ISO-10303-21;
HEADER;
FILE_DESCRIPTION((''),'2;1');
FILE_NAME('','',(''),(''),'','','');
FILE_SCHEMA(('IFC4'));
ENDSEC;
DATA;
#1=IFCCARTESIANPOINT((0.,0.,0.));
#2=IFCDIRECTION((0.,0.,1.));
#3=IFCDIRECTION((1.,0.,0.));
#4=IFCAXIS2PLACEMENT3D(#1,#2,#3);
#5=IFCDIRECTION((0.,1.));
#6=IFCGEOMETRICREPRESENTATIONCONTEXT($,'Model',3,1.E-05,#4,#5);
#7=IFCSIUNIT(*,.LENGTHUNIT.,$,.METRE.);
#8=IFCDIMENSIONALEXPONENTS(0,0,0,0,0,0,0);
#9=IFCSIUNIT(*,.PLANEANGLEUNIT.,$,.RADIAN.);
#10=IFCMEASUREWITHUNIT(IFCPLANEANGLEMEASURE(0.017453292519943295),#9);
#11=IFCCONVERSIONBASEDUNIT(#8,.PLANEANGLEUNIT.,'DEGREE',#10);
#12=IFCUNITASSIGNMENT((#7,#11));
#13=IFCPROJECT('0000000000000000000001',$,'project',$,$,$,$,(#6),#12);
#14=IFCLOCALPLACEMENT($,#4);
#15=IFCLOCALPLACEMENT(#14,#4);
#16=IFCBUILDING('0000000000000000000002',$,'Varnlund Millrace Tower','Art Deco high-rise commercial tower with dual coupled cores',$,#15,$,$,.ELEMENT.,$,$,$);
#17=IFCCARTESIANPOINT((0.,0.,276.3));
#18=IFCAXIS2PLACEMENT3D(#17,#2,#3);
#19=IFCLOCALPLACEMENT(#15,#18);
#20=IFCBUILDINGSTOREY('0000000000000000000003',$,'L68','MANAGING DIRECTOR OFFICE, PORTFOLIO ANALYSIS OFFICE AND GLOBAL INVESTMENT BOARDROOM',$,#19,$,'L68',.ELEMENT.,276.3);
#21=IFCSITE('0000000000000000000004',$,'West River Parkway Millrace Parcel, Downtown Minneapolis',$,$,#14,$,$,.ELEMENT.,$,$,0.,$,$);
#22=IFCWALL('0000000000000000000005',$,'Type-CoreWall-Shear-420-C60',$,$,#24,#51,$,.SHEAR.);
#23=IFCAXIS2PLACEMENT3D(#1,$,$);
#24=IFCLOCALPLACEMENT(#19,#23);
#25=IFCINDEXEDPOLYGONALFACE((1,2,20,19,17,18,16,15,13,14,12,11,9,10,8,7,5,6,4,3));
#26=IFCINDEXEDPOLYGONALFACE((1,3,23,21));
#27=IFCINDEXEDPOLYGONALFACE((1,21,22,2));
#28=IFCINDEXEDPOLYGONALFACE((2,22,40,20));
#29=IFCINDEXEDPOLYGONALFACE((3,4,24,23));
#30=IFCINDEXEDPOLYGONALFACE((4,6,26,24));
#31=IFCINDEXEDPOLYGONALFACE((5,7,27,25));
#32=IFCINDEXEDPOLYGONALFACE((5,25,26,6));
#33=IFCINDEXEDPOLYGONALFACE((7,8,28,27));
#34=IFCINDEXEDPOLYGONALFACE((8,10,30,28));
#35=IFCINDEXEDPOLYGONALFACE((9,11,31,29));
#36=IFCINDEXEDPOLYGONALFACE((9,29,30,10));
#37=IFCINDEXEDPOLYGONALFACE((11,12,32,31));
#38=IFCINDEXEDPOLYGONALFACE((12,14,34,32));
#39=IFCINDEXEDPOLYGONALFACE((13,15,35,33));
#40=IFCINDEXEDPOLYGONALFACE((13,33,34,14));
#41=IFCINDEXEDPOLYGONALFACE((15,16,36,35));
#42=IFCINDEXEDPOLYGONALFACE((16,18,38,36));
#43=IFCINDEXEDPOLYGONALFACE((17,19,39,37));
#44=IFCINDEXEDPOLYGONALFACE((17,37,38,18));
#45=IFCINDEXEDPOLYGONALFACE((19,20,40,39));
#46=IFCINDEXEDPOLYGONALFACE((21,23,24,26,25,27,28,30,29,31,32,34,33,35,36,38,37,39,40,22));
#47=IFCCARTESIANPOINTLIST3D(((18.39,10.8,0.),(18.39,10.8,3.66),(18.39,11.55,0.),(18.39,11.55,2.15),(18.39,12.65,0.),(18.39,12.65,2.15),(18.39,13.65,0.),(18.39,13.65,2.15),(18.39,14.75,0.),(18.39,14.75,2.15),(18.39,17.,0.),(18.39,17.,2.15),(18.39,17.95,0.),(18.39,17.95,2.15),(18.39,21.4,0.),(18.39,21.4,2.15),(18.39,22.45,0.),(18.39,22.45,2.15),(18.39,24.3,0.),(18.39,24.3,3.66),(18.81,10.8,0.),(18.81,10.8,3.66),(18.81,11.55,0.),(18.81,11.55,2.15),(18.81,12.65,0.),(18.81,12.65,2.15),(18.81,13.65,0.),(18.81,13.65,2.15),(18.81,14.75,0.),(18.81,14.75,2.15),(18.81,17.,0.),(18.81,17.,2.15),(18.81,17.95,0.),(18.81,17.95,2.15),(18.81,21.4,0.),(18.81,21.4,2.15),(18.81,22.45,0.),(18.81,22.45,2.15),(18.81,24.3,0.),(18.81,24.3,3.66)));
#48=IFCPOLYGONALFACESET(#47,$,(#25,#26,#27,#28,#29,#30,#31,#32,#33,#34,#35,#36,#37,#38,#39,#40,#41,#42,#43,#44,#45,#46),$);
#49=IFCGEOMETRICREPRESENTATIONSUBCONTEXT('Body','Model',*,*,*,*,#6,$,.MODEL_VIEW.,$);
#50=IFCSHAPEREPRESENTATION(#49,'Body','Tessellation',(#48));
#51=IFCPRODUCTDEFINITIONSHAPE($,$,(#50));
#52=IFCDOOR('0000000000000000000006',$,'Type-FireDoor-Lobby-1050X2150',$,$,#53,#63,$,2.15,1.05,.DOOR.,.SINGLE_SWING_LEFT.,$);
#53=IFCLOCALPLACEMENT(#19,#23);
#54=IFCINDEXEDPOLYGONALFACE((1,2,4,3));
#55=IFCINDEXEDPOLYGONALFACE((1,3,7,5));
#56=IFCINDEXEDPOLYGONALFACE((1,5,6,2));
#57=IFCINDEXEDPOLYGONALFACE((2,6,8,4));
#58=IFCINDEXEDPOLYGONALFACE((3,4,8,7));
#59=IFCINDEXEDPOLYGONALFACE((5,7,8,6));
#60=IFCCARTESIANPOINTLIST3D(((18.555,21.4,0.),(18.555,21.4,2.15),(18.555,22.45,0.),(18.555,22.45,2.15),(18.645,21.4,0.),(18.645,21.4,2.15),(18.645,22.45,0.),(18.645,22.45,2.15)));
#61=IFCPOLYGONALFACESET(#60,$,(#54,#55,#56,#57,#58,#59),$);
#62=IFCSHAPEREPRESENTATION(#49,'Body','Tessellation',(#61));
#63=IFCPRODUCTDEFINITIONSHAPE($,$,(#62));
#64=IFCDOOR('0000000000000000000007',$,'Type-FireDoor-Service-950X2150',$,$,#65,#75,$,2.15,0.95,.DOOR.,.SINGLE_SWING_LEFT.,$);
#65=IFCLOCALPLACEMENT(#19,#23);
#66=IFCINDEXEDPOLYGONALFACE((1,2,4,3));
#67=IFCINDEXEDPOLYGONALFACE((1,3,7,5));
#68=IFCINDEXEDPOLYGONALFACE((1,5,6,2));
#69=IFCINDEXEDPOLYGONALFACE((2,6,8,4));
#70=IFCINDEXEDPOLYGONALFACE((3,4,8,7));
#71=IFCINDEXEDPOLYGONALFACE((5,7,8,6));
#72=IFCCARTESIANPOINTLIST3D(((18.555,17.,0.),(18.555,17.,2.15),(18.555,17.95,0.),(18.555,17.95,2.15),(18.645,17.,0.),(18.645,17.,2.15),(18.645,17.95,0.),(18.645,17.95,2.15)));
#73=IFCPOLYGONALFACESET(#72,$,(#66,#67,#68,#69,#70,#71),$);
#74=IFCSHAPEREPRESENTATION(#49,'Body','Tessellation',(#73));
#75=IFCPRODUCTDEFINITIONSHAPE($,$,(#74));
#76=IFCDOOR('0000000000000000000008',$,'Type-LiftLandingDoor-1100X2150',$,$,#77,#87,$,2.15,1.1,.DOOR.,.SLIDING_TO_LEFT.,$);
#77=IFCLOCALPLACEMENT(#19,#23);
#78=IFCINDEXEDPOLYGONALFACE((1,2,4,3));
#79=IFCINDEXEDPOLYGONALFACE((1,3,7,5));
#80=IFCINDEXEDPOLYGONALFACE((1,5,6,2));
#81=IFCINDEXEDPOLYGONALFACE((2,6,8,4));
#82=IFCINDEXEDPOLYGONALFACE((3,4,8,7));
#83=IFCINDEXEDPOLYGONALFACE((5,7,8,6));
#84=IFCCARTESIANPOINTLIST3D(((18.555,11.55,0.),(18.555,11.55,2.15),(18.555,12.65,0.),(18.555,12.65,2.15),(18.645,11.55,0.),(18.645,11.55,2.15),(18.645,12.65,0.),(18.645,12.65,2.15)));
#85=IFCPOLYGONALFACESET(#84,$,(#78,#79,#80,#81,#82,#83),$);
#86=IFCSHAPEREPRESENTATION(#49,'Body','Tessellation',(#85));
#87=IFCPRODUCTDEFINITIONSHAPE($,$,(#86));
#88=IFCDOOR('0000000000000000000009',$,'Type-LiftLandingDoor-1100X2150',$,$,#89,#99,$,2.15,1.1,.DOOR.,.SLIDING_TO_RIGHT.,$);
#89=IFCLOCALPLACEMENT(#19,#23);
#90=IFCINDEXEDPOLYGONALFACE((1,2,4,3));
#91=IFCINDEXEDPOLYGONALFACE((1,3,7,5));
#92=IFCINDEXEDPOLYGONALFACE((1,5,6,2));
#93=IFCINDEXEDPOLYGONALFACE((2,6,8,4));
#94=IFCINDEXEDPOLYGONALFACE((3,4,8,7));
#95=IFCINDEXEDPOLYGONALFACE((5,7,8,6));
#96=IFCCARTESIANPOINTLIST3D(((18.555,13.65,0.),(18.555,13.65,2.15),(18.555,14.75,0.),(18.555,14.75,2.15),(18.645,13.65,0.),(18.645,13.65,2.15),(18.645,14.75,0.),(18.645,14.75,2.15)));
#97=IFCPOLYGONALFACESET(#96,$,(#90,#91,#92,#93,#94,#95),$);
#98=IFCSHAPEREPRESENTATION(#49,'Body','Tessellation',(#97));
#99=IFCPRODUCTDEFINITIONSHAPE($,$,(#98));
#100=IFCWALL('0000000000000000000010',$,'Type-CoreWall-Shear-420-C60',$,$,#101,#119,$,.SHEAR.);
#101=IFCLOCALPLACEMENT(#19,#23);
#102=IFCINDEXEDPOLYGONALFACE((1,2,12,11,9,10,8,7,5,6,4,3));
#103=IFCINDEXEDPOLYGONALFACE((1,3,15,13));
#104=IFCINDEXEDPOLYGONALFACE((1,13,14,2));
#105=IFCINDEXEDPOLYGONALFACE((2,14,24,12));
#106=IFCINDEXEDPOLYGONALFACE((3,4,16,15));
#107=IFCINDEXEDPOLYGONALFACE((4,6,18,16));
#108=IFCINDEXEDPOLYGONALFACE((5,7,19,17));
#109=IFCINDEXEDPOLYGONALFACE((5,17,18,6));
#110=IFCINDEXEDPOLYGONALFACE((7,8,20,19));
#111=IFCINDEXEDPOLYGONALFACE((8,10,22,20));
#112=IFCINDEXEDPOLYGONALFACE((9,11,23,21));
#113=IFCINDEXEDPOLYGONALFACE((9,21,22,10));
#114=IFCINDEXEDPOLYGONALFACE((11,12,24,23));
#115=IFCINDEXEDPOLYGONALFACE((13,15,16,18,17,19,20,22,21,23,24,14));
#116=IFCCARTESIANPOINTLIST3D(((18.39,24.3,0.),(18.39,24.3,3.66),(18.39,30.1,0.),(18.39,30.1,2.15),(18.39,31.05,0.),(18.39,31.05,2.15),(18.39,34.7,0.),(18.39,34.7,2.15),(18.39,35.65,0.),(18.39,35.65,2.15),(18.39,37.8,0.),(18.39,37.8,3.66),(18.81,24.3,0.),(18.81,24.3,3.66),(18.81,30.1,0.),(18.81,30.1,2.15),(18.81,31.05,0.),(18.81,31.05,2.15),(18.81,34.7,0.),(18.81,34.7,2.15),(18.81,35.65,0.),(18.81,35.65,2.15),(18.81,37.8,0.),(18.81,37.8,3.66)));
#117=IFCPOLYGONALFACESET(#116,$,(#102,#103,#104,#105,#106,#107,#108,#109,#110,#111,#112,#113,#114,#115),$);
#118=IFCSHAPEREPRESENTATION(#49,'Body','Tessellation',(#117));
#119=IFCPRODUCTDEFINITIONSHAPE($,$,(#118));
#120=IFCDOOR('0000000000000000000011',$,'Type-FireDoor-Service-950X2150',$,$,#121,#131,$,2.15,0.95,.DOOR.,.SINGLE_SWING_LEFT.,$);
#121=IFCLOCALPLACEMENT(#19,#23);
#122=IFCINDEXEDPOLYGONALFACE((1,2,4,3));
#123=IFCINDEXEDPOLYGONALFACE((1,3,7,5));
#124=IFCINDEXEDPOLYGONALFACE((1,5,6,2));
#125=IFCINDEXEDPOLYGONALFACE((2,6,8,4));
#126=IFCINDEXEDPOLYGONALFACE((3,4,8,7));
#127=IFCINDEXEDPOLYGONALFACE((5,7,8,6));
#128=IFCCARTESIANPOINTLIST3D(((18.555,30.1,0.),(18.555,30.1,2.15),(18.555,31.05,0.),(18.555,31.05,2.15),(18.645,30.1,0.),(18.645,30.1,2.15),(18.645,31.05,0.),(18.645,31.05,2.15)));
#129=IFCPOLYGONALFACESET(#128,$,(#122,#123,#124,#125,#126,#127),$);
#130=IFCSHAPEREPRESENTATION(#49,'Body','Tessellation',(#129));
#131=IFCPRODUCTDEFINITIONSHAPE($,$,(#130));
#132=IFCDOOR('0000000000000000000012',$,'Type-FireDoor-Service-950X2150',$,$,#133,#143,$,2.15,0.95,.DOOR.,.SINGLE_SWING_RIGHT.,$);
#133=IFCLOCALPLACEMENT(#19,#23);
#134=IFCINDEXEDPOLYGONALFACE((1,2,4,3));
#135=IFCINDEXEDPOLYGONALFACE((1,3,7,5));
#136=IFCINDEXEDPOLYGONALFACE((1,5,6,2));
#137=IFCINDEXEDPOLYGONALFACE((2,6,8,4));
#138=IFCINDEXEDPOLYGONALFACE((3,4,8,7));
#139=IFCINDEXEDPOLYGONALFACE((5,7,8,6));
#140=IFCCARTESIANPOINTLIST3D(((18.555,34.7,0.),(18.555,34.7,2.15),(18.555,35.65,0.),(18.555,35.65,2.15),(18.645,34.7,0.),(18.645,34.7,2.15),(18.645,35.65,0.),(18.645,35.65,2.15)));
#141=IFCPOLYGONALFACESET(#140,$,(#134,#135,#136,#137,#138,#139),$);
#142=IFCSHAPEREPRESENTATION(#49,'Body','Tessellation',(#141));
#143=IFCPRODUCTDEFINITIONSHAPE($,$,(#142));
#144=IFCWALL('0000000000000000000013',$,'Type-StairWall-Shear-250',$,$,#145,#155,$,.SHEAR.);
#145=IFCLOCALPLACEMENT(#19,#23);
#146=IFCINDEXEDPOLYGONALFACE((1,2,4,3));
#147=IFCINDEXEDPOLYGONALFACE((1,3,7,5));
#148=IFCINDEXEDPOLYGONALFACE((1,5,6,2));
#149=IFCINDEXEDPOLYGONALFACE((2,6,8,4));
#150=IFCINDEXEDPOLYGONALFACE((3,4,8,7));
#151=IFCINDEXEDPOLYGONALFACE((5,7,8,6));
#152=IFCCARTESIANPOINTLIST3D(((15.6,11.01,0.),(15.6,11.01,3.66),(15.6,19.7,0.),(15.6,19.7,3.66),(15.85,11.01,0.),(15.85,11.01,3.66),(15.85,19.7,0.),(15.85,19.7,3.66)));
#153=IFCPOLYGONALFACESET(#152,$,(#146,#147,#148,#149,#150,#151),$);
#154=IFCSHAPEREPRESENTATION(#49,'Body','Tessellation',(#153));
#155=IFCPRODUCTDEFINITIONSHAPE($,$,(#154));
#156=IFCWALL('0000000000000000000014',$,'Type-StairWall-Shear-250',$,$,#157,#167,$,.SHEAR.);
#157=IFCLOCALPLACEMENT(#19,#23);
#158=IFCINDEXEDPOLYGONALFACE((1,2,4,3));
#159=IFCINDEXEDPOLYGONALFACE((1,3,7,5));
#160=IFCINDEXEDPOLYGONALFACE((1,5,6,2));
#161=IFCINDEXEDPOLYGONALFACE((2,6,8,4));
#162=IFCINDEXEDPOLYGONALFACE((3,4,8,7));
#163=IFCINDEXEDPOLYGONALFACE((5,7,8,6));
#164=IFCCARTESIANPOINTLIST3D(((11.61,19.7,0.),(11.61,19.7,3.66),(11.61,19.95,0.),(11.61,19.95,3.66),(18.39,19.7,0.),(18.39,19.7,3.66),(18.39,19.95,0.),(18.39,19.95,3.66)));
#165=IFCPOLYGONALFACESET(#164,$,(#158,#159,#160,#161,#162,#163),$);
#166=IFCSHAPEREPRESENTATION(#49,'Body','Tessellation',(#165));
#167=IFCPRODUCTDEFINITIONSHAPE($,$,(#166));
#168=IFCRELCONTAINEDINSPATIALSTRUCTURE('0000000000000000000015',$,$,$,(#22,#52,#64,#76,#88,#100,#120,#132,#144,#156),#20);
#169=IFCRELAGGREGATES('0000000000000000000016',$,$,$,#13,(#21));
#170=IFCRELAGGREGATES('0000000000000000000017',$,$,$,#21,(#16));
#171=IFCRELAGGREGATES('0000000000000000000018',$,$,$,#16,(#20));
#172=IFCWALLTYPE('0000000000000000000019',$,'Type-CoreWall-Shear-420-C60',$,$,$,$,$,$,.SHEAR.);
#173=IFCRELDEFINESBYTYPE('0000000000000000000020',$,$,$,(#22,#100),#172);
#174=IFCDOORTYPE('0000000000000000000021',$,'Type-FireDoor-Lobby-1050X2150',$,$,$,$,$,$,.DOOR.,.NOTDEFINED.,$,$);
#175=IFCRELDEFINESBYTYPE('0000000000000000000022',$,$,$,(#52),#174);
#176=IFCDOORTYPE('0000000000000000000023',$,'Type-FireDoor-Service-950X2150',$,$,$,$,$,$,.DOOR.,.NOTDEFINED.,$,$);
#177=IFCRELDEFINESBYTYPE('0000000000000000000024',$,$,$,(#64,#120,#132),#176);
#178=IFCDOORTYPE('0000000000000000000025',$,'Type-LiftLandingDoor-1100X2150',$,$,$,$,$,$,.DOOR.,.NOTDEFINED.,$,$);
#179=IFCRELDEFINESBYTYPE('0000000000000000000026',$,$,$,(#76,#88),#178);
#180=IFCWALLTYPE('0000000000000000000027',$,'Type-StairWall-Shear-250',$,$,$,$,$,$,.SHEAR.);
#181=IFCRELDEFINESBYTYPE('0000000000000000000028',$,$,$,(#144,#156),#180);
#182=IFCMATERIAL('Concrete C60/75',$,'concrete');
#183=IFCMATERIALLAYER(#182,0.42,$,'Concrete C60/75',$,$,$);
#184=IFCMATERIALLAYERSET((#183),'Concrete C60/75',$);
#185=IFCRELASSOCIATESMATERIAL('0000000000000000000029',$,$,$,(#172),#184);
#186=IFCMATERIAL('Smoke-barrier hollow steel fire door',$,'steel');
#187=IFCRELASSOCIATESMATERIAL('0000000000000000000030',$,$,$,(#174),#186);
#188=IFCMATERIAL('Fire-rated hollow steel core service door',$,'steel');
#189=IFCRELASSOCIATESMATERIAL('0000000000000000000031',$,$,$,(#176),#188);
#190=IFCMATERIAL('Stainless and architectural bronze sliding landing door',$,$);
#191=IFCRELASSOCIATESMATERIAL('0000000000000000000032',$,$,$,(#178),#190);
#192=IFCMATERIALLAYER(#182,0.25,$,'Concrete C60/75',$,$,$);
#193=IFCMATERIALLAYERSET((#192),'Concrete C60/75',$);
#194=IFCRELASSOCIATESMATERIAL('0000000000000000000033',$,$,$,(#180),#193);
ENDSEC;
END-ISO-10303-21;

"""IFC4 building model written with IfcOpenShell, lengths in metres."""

from ifc_helpers import new_model, entity, si_unit, converted_unit, direction, frame, origin_with_axes, origin_2d_with_axis, place, context, subcontext, project, spatial, polyline, rectangle, outline, extrude, material, layer, layer_set, type_object, element, fill, save


model = new_model("IFC4")

# Units and contexts
model_context = context("Model", 3, precision=1e-05, world=origin_with_axes(), true_north=direction((0.0, 1.0)))
body_context = subcontext(model_context, "Body", "Model", "MODEL_VIEW")
ifc_project = project(units=[si_unit("LENGTHUNIT", "METRE"), converted_unit("PLANEANGLEUNIT", "DEGREE", entity("IfcPlaneAngleMeasure", 0.017453292519943295), si_unit("PLANEANGLEUNIT", "RADIAN"), dimensions=[0, 0, 0, 0, 0, 0, 0])], contexts=[model_context])

# Site, building, storey
site_placement = place(None, origin_with_axes())
site = spatial("IfcSite", under=ifc_project, at=site_placement, Name="West River Parkway Millrace Parcel, Downtown Minneapolis", CompositionType="ELEMENT", RefElevation=0.0)
building_placement = place(site_placement, origin_with_axes())
building = spatial("IfcBuilding", under=site, at=building_placement, Name="Varnlund Millrace Tower", Description="Art Deco high-rise commercial tower with dual coupled cores", CompositionType="ELEMENT")
storey_placement = place(building_placement, frame((0.0, 0.0, 276.3), z_axis=(0.0, 0.0, 1.0), x_axis=(1.0, 0.0, 0.0)))
storey = spatial("IfcBuildingStorey", under=building, at=storey_placement, Name="L68", Description="MANAGING DIRECTOR OFFICE, PORTFOLIO ANALYSIS OFFICE AND GLOBAL INVESTMENT BOARDROOM", LongName="L68", CompositionType="ELEMENT", Elevation=276.3)

# Shared definitions
ifc_material_1 = material(Name="Concrete C60/75", Category="concrete")

# Shared definitions
ifc_layer_1 = layer(ifc_material_1, 0.42, Name="Concrete C60/75")
ifc_layer_set_1 = layer_set([ifc_layer_1], Name="Concrete C60/75")
wall_type_1 = type_object("IfcWallType", Name="Type-CoreWall-Shear-420-C60", PredefinedType="SHEAR", material=ifc_layer_set_1)

# Walls, openings, doors
wall_1_placement = place(storey_placement, frame((18.6, 10.8, 0.0), z_axis=(0.0, 0.0, 1.0), x_axis=(0.0, 1.0, 0.0)))
wall_1 = element("IfcWall", 1, at=wall_1_placement, inside=storey, type_object=wall_type_1, Name="Type-CoreWall-Shear-420-C60", PredefinedType="SHEAR", context=body_context, shape_type="SweptSolid", body=[
    extrude(outline(polyline([(0.0, -0.21), (13.5, -0.21), (13.5, 0.21), (0.0, 0.21), (0.0, -0.21)])), origin_with_axes(), (0.0, 0.0, 1.0), 3.66),
])
opening_1_placement = place(wall_1_placement, frame((1.3, 0.0, 0.0), z_axis=(0.0, 0.0, 1.0), x_axis=(1.0, 0.0, 0.0)))
opening_1 = element("IfcOpeningElement", 2, at=opening_1_placement, cuts=wall_1, PredefinedType="OPENING", context=body_context, shape_type="SweptSolid", body=[
    extrude(rectangle(XDim=1.1, YDim=0.44, at=origin_2d_with_axis()), origin_with_axes(), (0.0, 0.0, 1.0), 2.15),
])
opening_2_placement = place(wall_1_placement, frame((3.4, 0.0, 0.0), z_axis=(0.0, 0.0, 1.0), x_axis=(1.0, 0.0, 0.0)))
opening_2 = element("IfcOpeningElement", 3, at=opening_2_placement, cuts=wall_1, PredefinedType="OPENING", context=body_context, shape_type="SweptSolid", body=[
    extrude(rectangle(XDim=1.1, YDim=0.44, at=origin_2d_with_axis()), origin_with_axes(), (0.0, 0.0, 1.0), 2.15),
])
opening_3_placement = place(wall_1_placement, frame((11.125, 0.0, 0.0), z_axis=(0.0, 0.0, 1.0), x_axis=(1.0, 0.0, 0.0)))
opening_3 = element("IfcOpeningElement", 4, at=opening_3_placement, cuts=wall_1, PredefinedType="OPENING", context=body_context, shape_type="SweptSolid", body=[
    extrude(rectangle(XDim=1.05, YDim=0.44, at=origin_2d_with_axis()), origin_with_axes(), (0.0, 0.0, 1.0), 2.15),
])
opening_4_placement = place(wall_1_placement, frame((6.675, 0.0, 0.0), z_axis=(0.0, 0.0, 1.0), x_axis=(1.0, 0.0, 0.0)))
opening_4 = element("IfcOpeningElement", 5, at=opening_4_placement, cuts=wall_1, PredefinedType="OPENING", context=body_context, shape_type="SweptSolid", body=[
    extrude(rectangle(XDim=0.95, YDim=0.44, at=origin_2d_with_axis()), origin_with_axes(), (0.0, 0.0, 1.0), 2.15),
])
ifc_material_2 = material(Name="Smoke-barrier hollow steel fire door", Category="steel")
door_type_1 = type_object("IfcDoorType", Name="Type-FireDoor-Lobby-1050X2150", OperationType="NOTDEFINED", PredefinedType="DOOR", material=ifc_material_2)
door_1_placement = place(wall_1_placement, frame((11.125, 0.0, 0.0), z_axis=(0.0, 0.0, 1.0), x_axis=(1.0, 0.0, 0.0)))
door_1 = element("IfcDoor", 6, at=door_1_placement, inside=storey, type_object=door_type_1, Name="Type-FireDoor-Lobby-1050X2150", OperationType="SINGLE_SWING_LEFT", OverallHeight=2.15, OverallWidth=1.05, PredefinedType="DOOR", context=body_context, shape_type="SweptSolid", body=[
    extrude(rectangle(XDim=1.05, YDim=0.09, at=origin_2d_with_axis()), origin_with_axes(), (0.0, 0.0, 1.0), 2.15),
])
fill(opening_3, door_1)
ifc_material_3 = material(Name="Fire-rated hollow steel core service door", Category="steel")
door_type_2 = type_object("IfcDoorType", Name="Type-FireDoor-Service-950X2150", OperationType="NOTDEFINED", PredefinedType="DOOR", material=ifc_material_3)
door_2_placement = place(wall_1_placement, frame((6.675, 0.0, 0.0), z_axis=(0.0, 0.0, 1.0), x_axis=(1.0, 0.0, 0.0)))
door_2 = element("IfcDoor", 7, at=door_2_placement, inside=storey, type_object=door_type_2, Name="Type-FireDoor-Service-950X2150", OperationType="SINGLE_SWING_LEFT", OverallHeight=2.15, OverallWidth=0.95, PredefinedType="DOOR", context=body_context, shape_type="SweptSolid", body=[
    extrude(rectangle(XDim=0.95, YDim=0.09, at=origin_2d_with_axis()), origin_with_axes(), (0.0, 0.0, 1.0), 2.15),
])
fill(opening_4, door_2)
ifc_material_4 = material(Name="Stainless and architectural bronze sliding landing door")
door_type_3 = type_object("IfcDoorType", Name="Type-LiftLandingDoor-1100X2150", OperationType="NOTDEFINED", PredefinedType="DOOR", material=ifc_material_4)
door_3_placement = place(wall_1_placement, frame((1.3, 0.0, 0.0), z_axis=(0.0, 0.0, 1.0), x_axis=(1.0, 0.0, 0.0)))
door_3 = element("IfcDoor", 8, at=door_3_placement, inside=storey, type_object=door_type_3, Name="Type-LiftLandingDoor-1100X2150", OperationType="SLIDING_TO_LEFT", OverallHeight=2.15, OverallWidth=1.1, PredefinedType="DOOR", context=body_context, shape_type="SweptSolid", body=[
    extrude(rectangle(XDim=1.1, YDim=0.09, at=origin_2d_with_axis()), origin_with_axes(), (0.0, 0.0, 1.0), 2.15),
])
fill(opening_1, door_3)
door_4_placement = place(wall_1_placement, frame((3.4, 0.0, 0.0), z_axis=(0.0, 0.0, 1.0), x_axis=(1.0, 0.0, 0.0)))
door_4 = element("IfcDoor", 9, at=door_4_placement, inside=storey, type_object=door_type_3, Name="Type-LiftLandingDoor-1100X2150", OperationType="SLIDING_TO_RIGHT", OverallHeight=2.15, OverallWidth=1.1, PredefinedType="DOOR", context=body_context, shape_type="SweptSolid", body=[
    extrude(rectangle(XDim=1.1, YDim=0.09, at=origin_2d_with_axis()), origin_with_axes(), (0.0, 0.0, 1.0), 2.15),
])
fill(opening_2, door_4)
wall_2_placement = place(storey_placement, frame((18.6, 24.3, 0.0), z_axis=(0.0, 0.0, 1.0), x_axis=(0.0, 1.0, 0.0)))
wall_2 = element("IfcWall", 10, at=wall_2_placement, inside=storey, type_object=wall_type_1, Name="Type-CoreWall-Shear-420-C60", PredefinedType="SHEAR", context=body_context, shape_type="SweptSolid", body=[
    extrude(outline(polyline([(0.0, -0.21), (13.5, -0.21), (13.5, 0.21), (0.0, 0.21), (0.0, -0.21)])), origin_with_axes(), (0.0, 0.0, 1.0), 3.66),
])
opening_5_placement = place(wall_2_placement, frame((6.275, 0.0, 0.0), z_axis=(0.0, 0.0, 1.0), x_axis=(1.0, 0.0, 0.0)))
opening_5 = element("IfcOpeningElement", 11, at=opening_5_placement, cuts=wall_2, PredefinedType="OPENING", context=body_context, shape_type="SweptSolid", body=[
    extrude(rectangle(XDim=0.95, YDim=0.44, at=origin_2d_with_axis()), origin_with_axes(), (0.0, 0.0, 1.0), 2.15),
])
opening_6_placement = place(wall_2_placement, frame((10.875, 0.0, 0.0), z_axis=(0.0, 0.0, 1.0), x_axis=(1.0, 0.0, 0.0)))
opening_6 = element("IfcOpeningElement", 12, at=opening_6_placement, cuts=wall_2, PredefinedType="OPENING", context=body_context, shape_type="SweptSolid", body=[
    extrude(rectangle(XDim=0.95, YDim=0.44, at=origin_2d_with_axis()), origin_with_axes(), (0.0, 0.0, 1.0), 2.15),
])
door_5_placement = place(wall_2_placement, frame((6.275, 0.0, 0.0), z_axis=(0.0, 0.0, 1.0), x_axis=(1.0, 0.0, 0.0)))
door_5 = element("IfcDoor", 13, at=door_5_placement, inside=storey, type_object=door_type_2, Name="Type-FireDoor-Service-950X2150", OperationType="SINGLE_SWING_LEFT", OverallHeight=2.15, OverallWidth=0.95, PredefinedType="DOOR", context=body_context, shape_type="SweptSolid", body=[
    extrude(rectangle(XDim=0.95, YDim=0.09, at=origin_2d_with_axis()), origin_with_axes(), (0.0, 0.0, 1.0), 2.15),
])
fill(opening_5, door_5)
door_6_placement = place(wall_2_placement, frame((10.875, 0.0, 0.0), z_axis=(0.0, 0.0, 1.0), x_axis=(1.0, 0.0, 0.0)))
door_6 = element("IfcDoor", 14, at=door_6_placement, inside=storey, type_object=door_type_2, Name="Type-FireDoor-Service-950X2150", OperationType="SINGLE_SWING_RIGHT", OverallHeight=2.15, OverallWidth=0.95, PredefinedType="DOOR", context=body_context, shape_type="SweptSolid", body=[
    extrude(rectangle(XDim=0.95, YDim=0.09, at=origin_2d_with_axis()), origin_with_axes(), (0.0, 0.0, 1.0), 2.15),
])
fill(opening_6, door_6)

# Walls
ifc_layer_2 = layer(ifc_material_1, 0.25, Name="Concrete C60/75")
ifc_layer_set_2 = layer_set([ifc_layer_2], Name="Concrete C60/75")
wall_type_2 = type_object("IfcWallType", Name="Type-StairWall-Shear-250", PredefinedType="SHEAR", material=ifc_layer_set_2)
wall_3_placement = place(storey_placement, frame((15.725, 11.01, 0.0), z_axis=(0.0, 0.0, 1.0), x_axis=(0.0, 1.0, 0.0)))
element("IfcWall", 15, at=wall_3_placement, inside=storey, type_object=wall_type_2, Name="Type-StairWall-Shear-250", PredefinedType="SHEAR", context=body_context, shape_type="SweptSolid", body=[
    extrude(outline(polyline([(0.0, -0.125), (8.69, -0.125), (8.69, 0.125), (0.0, 0.125), (0.0, -0.125)])), origin_with_axes(), (0.0, 0.0, 1.0), 3.66),
])
wall_4_placement = place(storey_placement, frame((11.61, 19.825, 0.0), z_axis=(0.0, 0.0, 1.0), x_axis=(1.0, 0.0, 0.0)))
element("IfcWall", 16, at=wall_4_placement, inside=storey, type_object=wall_type_2, Name="Type-StairWall-Shear-250", PredefinedType="SHEAR", context=body_context, shape_type="SweptSolid", body=[
    extrude(outline(polyline([(0.0, -0.125), (6.78, -0.125), (6.78, 0.125), (0.0, 0.125), (0.0, -0.125)])), origin_with_axes(), (0.0, 0.0, 1.0), 3.66),
])

save(model, "model.ifc")
